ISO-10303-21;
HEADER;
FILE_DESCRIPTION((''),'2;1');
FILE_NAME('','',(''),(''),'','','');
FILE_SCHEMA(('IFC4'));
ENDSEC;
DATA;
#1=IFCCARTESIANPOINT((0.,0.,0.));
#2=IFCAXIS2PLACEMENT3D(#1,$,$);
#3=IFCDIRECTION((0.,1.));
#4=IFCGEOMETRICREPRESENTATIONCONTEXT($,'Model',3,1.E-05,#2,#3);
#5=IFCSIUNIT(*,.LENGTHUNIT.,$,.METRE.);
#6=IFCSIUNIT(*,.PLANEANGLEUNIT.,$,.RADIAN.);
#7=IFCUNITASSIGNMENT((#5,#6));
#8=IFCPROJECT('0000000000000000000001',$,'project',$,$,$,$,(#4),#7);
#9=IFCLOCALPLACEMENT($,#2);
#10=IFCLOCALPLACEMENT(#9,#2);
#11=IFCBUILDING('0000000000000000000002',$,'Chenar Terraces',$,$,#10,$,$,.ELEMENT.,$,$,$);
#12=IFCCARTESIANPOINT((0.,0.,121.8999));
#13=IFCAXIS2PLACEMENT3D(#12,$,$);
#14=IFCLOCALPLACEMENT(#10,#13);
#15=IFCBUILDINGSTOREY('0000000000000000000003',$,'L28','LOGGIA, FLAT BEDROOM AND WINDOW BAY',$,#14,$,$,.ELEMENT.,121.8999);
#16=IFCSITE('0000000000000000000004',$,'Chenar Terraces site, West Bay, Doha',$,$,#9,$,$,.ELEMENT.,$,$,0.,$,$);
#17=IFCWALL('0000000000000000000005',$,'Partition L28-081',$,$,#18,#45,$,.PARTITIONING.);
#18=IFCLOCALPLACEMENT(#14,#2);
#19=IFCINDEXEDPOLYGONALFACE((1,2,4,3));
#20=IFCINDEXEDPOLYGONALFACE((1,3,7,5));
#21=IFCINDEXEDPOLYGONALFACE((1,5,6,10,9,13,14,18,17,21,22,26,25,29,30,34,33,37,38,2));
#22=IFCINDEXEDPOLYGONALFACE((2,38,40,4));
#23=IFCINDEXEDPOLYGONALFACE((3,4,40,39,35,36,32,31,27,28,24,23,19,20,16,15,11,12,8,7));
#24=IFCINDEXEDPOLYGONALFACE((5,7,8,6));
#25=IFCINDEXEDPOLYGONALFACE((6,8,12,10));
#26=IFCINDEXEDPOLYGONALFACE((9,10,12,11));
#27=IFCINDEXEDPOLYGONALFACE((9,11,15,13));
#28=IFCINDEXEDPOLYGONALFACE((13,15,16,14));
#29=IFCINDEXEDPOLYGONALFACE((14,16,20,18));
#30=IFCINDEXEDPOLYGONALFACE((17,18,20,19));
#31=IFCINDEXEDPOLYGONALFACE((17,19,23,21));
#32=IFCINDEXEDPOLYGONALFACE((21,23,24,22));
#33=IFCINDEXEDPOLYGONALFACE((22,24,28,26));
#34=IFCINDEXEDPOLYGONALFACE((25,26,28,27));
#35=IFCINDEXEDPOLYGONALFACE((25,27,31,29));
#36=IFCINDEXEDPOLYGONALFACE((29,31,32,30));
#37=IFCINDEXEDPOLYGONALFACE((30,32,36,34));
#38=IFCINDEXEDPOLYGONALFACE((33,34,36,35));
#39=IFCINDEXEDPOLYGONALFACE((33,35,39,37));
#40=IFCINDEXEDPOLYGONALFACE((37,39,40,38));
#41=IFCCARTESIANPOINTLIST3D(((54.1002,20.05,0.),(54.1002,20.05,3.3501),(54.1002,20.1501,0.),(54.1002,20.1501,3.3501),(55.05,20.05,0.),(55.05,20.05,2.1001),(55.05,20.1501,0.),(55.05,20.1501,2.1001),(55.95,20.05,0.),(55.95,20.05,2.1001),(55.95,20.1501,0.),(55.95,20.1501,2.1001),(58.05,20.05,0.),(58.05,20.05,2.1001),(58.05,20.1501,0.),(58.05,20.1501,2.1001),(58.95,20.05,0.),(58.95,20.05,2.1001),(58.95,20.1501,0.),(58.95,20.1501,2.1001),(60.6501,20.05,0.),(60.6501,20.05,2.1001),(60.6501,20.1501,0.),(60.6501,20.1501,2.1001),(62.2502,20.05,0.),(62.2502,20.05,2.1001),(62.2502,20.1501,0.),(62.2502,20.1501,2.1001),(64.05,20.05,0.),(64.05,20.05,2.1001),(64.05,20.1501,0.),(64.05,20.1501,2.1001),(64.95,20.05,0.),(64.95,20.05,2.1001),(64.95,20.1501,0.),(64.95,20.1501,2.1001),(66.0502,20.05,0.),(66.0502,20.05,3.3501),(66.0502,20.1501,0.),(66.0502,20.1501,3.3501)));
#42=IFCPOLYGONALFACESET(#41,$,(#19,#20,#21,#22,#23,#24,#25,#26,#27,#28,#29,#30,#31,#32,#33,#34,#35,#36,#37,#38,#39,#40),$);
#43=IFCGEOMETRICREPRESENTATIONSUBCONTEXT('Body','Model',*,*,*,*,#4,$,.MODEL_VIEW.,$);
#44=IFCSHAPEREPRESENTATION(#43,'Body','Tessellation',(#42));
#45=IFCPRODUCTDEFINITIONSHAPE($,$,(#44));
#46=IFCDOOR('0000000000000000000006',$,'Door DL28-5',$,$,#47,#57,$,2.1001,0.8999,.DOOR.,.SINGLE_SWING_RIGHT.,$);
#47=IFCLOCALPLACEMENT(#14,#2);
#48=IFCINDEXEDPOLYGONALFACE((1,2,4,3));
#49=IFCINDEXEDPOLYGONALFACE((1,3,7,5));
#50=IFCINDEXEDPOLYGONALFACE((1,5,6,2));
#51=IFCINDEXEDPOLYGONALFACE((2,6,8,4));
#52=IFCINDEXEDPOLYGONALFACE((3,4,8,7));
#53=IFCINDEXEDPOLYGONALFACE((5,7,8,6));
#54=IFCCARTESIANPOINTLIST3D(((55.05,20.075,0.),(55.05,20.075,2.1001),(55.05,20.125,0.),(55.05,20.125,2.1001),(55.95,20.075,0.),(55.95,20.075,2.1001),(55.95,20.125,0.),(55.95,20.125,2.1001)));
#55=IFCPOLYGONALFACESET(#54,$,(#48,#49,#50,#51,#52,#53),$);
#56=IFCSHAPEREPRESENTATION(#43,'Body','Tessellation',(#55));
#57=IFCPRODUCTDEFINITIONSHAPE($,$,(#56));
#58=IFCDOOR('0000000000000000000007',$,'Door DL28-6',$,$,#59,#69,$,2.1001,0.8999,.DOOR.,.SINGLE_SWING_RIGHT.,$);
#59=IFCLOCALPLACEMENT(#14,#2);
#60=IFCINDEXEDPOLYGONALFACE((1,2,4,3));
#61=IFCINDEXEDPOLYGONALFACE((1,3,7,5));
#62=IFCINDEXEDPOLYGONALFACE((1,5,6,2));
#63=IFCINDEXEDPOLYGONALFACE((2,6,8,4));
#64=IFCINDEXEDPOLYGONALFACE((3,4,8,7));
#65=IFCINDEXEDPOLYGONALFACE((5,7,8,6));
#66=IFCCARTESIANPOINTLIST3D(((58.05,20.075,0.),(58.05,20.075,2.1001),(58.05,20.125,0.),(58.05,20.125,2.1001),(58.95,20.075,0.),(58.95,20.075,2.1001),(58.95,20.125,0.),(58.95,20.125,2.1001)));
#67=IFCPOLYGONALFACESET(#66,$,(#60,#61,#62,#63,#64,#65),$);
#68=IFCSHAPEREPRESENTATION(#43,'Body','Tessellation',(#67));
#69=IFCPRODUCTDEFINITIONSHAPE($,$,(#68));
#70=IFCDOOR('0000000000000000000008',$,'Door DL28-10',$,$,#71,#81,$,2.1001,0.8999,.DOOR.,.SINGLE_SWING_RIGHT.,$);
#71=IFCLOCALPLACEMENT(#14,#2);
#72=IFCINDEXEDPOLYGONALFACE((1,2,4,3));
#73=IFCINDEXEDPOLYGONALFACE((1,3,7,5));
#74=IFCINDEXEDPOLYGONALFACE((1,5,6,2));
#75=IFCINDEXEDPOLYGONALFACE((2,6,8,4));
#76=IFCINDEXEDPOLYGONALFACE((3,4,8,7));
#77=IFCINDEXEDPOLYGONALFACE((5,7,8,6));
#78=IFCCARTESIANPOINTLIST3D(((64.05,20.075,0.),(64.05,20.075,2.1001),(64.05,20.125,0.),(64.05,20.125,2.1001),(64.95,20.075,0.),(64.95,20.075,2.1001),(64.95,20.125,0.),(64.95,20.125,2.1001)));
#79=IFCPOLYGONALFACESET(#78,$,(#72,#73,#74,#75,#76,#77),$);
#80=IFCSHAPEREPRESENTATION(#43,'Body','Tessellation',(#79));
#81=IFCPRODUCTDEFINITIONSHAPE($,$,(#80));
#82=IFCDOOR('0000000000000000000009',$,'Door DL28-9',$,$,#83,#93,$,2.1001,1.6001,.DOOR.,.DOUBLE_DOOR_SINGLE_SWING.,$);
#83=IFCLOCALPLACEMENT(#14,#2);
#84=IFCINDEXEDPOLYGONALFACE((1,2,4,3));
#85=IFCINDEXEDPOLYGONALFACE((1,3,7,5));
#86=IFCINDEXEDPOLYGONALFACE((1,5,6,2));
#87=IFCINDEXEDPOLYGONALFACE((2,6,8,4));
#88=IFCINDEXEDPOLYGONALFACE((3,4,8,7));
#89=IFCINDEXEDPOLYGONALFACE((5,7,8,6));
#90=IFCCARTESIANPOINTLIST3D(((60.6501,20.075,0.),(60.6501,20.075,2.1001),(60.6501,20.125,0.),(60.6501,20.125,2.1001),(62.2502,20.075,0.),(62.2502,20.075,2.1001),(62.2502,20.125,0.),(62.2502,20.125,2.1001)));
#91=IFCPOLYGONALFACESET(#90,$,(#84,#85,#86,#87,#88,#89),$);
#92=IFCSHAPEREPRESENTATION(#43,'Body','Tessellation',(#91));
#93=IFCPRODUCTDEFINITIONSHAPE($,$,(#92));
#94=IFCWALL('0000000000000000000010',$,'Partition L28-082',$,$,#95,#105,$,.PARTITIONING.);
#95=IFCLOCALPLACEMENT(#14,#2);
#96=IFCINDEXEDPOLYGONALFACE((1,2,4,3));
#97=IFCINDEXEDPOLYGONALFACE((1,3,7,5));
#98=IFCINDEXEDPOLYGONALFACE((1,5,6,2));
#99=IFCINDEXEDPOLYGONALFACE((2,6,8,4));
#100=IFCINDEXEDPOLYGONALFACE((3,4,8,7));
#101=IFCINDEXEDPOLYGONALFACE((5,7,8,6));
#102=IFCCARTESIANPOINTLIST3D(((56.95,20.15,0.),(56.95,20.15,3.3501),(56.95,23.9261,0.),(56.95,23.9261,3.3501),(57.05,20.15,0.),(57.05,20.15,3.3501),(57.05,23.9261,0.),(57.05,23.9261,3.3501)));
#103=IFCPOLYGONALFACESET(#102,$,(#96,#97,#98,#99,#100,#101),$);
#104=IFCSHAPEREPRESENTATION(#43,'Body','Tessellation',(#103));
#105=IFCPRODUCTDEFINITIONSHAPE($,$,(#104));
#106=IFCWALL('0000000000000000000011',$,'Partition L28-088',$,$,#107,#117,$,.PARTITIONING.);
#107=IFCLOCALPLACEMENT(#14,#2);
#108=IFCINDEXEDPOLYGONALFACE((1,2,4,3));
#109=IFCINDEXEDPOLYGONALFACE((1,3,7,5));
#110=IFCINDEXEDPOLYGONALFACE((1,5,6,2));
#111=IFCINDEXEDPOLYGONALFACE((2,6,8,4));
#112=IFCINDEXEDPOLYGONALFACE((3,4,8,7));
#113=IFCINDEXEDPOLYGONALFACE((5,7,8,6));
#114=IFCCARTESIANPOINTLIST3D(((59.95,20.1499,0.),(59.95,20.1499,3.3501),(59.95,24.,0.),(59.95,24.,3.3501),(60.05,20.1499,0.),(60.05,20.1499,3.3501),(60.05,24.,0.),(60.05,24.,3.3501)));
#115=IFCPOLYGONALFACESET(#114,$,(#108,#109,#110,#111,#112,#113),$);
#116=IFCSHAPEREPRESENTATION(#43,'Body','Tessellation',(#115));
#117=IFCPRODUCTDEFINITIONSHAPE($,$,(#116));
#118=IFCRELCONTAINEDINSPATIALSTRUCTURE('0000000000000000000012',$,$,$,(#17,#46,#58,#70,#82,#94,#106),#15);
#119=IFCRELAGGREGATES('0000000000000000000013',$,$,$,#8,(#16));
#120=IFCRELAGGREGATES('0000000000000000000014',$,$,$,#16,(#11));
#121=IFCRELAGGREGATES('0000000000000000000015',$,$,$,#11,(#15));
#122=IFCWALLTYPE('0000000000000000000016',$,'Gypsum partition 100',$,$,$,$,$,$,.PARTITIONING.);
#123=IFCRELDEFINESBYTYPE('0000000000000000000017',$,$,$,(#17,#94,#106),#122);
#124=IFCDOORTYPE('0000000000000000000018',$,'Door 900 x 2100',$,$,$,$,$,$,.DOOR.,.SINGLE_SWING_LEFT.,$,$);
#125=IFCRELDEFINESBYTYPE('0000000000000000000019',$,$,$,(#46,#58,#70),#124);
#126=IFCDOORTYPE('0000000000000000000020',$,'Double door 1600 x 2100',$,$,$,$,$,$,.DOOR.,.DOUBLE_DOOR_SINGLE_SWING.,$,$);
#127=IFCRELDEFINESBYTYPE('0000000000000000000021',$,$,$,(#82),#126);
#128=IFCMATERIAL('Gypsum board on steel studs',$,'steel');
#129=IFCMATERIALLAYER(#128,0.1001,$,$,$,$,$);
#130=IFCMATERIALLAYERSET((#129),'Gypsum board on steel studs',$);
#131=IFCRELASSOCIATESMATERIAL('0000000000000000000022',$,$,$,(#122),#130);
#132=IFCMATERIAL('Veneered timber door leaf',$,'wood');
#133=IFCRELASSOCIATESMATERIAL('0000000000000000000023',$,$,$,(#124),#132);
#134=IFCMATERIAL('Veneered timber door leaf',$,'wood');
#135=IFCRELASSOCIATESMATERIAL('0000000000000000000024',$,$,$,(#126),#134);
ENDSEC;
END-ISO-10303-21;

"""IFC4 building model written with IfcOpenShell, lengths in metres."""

from ifc_helpers import new_model, si_unit, direction, frame, frame_2d, origin, place, context, subcontext, project, spatial, rectangle, extrude, material, layer, layer_set, type_object, element, fill, save


model = new_model("IFC4")

# Units and contexts
model_context = context("Model", 3, precision=1e-05, world=origin(), true_north=direction((0.0, 1.0)))
body_context = subcontext(model_context, "Body", "Model", "MODEL_VIEW")
ifc_project = project(units=[si_unit("LENGTHUNIT", "METRE"), si_unit("PLANEANGLEUNIT", "RADIAN")], contexts=[model_context])

# Site, building, storey
site_placement = place(None, origin())
site = spatial("IfcSite", under=ifc_project, at=site_placement, Name="Chenar Terraces site, West Bay, Doha", CompositionType="ELEMENT", RefElevation=0.0)
building_placement = place(site_placement, origin())
building = spatial("IfcBuilding", under=site, at=building_placement, Name="Chenar Terraces", CompositionType="ELEMENT")
storey_placement = place(building_placement, frame((0.0, 0.0, 121.8999)))
storey = spatial("IfcBuildingStorey", under=building, at=storey_placement, Name="L28", Description="LOGGIA, FLAT BEDROOM AND WINDOW BAY", CompositionType="ELEMENT", Elevation=121.8999)

# Wall, openings, doors
ifc_material_1 = material(Name="Gypsum board on steel studs", Category="steel")
ifc_layer_1 = layer(ifc_material_1, 0.1001)
ifc_layer_set_1 = layer_set([ifc_layer_1], Name="Gypsum board on steel studs")
wall_type_1 = type_object("IfcWallType", Name="Gypsum partition 100", PredefinedType="PARTITIONING", material=ifc_layer_set_1)
wall_1_placement = place(storey_placement, frame((54.1001, 20.1001, 0.0), z_axis=(0.0, 0.0, 1.0), x_axis=(1.0, 0.0, 0.0)))
wall_1 = element("IfcWall", 1, at=wall_1_placement, inside=storey, type_object=wall_type_1, Name="Partition L28-081", PredefinedType="PARTITIONING", context=body_context, shape_type="SweptSolid", body=[
    extrude(rectangle(XDim=11.95, YDim=0.1001, at=frame_2d((5.9751, 0.0))), origin(), (0.0, 0.0, 1.0), 3.3501),
])
opening_1_placement = place(wall_1_placement, frame((0.95, 0.0, 0.0)))
opening_1 = element("IfcOpeningElement", 2, at=opening_1_placement, cuts=wall_1, PredefinedType="OPENING", context=body_context, shape_type="SweptSolid", body=[
    extrude(rectangle(XDim=0.8999, YDim=2.1001, at=frame_2d((0.45, 1.05))), frame((0.0, 0.0601, 0.0), z_axis=(0.0, -1.0, 0.0), x_axis=(1.0, 0.0, 0.0)), (0.0, 0.0, 1.0), 0.1201),
])
opening_2_placement = place(wall_1_placement, frame((3.95, 0.0, 0.0)))
opening_2 = element("IfcOpeningElement", 3, at=opening_2_placement, cuts=wall_1, PredefinedType="OPENING", context=body_context, shape_type="SweptSolid", body=[
    extrude(rectangle(XDim=0.8999, YDim=2.1001, at=frame_2d((0.45, 1.05))), frame((0.0, 0.0601, 0.0), z_axis=(0.0, -1.0, 0.0), x_axis=(1.0, 0.0, 0.0)), (0.0, 0.0, 1.0), 0.1201),
])
opening_3_placement = place(wall_1_placement, frame((6.55, 0.0, 0.0)))
opening_3 = element("IfcOpeningElement", 4, at=opening_3_placement, cuts=wall_1, PredefinedType="OPENING", context=body_context, shape_type="SweptSolid", body=[
    extrude(rectangle(XDim=1.6001, YDim=2.1001, at=frame_2d((0.8, 1.05))), frame((0.0, 0.0601, 0.0), z_axis=(0.0, -1.0, 0.0), x_axis=(1.0, 0.0, 0.0)), (0.0, 0.0, 1.0), 0.1201),
])
opening_4_placement = place(wall_1_placement, frame((9.95, 0.0, 0.0)))
opening_4 = element("IfcOpeningElement", 5, at=opening_4_placement, cuts=wall_1, PredefinedType="OPENING", context=body_context, shape_type="SweptSolid", body=[
    extrude(rectangle(XDim=0.8999, YDim=2.1001, at=frame_2d((0.45, 1.05))), frame((0.0, 0.0601, 0.0), z_axis=(0.0, -1.0, 0.0), x_axis=(1.0, 0.0, 0.0)), (0.0, 0.0, 1.0), 0.1201),
])
ifc_material_2 = material(Name="Veneered timber door leaf", Category="wood")
door_type_1 = type_object("IfcDoorType", Name="Door 900 x 2100", OperationType="SINGLE_SWING_LEFT", PredefinedType="DOOR", material=ifc_material_2)
door_1_placement = place(opening_1_placement, origin())
door_1 = element("IfcDoor", 6, at=door_1_placement, inside=storey, type_object=door_type_1, Name="Door DL28-5", OperationType="SINGLE_SWING_RIGHT", OverallHeight=2.1001, OverallWidth=0.8999, PredefinedType="DOOR", context=body_context, shape_type="SweptSolid", body=[
    extrude(rectangle(XDim=0.8999, YDim=2.1001, at=frame_2d((0.45, 1.05))), frame((0.0, 0.0249, 0.0), z_axis=(0.0, -1.0, 0.0), x_axis=(1.0, 0.0, 0.0)), (0.0, 0.0, 1.0), 0.05),
])
fill(opening_1, door_1)
door_2_placement = place(opening_2_placement, origin())
door_2 = element("IfcDoor", 7, at=door_2_placement, inside=storey, type_object=door_type_1, Name="Door DL28-6", OperationType="SINGLE_SWING_RIGHT", OverallHeight=2.1001, OverallWidth=0.8999, PredefinedType="DOOR", context=body_context, shape_type="SweptSolid", body=[
    extrude(rectangle(XDim=0.8999, YDim=2.1001, at=frame_2d((0.45, 1.05))), frame((0.0, 0.0249, 0.0), z_axis=(0.0, -1.0, 0.0), x_axis=(1.0, 0.0, 0.0)), (0.0, 0.0, 1.0), 0.05),
])
fill(opening_2, door_2)
door_3_placement = place(opening_4_placement, origin())
door_3 = element("IfcDoor", 8, at=door_3_placement, inside=storey, type_object=door_type_1, Name="Door DL28-10", OperationType="SINGLE_SWING_RIGHT", OverallHeight=2.1001, OverallWidth=0.8999, PredefinedType="DOOR", context=body_context, shape_type="SweptSolid", body=[
    extrude(rectangle(XDim=0.8999, YDim=2.1001, at=frame_2d((0.45, 1.05))), frame((0.0, 0.0249, 0.0), z_axis=(0.0, -1.0, 0.0), x_axis=(1.0, 0.0, 0.0)), (0.0, 0.0, 1.0), 0.05),
])
fill(opening_4, door_3)
ifc_material_3 = material(Name="Veneered timber door leaf", Category="wood")
door_type_2 = type_object("IfcDoorType", Name="Double door 1600 x 2100", OperationType="DOUBLE_DOOR_SINGLE_SWING", PredefinedType="DOOR", material=ifc_material_3)
door_4_placement = place(opening_3_placement, origin())
door_4 = element("IfcDoor", 9, at=door_4_placement, inside=storey, type_object=door_type_2, Name="Door DL28-9", OperationType="DOUBLE_DOOR_SINGLE_SWING", OverallHeight=2.1001, OverallWidth=1.6001, PredefinedType="DOOR", context=body_context, shape_type="SweptSolid", body=[
    extrude(rectangle(XDim=1.6001, YDim=2.1001, at=frame_2d((0.8, 1.05))), frame((0.0, 0.0249, 0.0), z_axis=(0.0, -1.0, 0.0), x_axis=(1.0, 0.0, 0.0)), (0.0, 0.0, 1.0), 0.05),
])
fill(opening_3, door_4)

# Walls
wall_2_placement = place(storey_placement, frame((57.0, 20.1499, 0.0), z_axis=(0.0, 0.0, 1.0), x_axis=(0.0, 1.0, 0.0)))
element("IfcWall", 10, at=wall_2_placement, inside=storey, type_object=wall_type_1, Name="Partition L28-082", PredefinedType="PARTITIONING", context=body_context, shape_type="SweptSolid", body=[
    extrude(rectangle(XDim=3.7761, YDim=0.1001, at=frame_2d((1.8882, 0.0))), origin(), (0.0, 0.0, 1.0), 3.3501),
])
wall_3_placement = place(storey_placement, frame((60.0, 20.1499, 0.0), z_axis=(0.0, 0.0, 1.0), x_axis=(0.0, 1.0, 0.0)))
element("IfcWall", 11, at=wall_3_placement, inside=storey, type_object=wall_type_1, Name="Partition L28-088", PredefinedType="PARTITIONING", context=body_context, shape_type="SweptSolid", body=[
    extrude(rectangle(XDim=3.8501, YDim=0.1001, at=frame_2d((1.925, 0.0))), origin(), (0.0, 0.0, 1.0), 3.3501),
])

save(model, "model.ifc")
